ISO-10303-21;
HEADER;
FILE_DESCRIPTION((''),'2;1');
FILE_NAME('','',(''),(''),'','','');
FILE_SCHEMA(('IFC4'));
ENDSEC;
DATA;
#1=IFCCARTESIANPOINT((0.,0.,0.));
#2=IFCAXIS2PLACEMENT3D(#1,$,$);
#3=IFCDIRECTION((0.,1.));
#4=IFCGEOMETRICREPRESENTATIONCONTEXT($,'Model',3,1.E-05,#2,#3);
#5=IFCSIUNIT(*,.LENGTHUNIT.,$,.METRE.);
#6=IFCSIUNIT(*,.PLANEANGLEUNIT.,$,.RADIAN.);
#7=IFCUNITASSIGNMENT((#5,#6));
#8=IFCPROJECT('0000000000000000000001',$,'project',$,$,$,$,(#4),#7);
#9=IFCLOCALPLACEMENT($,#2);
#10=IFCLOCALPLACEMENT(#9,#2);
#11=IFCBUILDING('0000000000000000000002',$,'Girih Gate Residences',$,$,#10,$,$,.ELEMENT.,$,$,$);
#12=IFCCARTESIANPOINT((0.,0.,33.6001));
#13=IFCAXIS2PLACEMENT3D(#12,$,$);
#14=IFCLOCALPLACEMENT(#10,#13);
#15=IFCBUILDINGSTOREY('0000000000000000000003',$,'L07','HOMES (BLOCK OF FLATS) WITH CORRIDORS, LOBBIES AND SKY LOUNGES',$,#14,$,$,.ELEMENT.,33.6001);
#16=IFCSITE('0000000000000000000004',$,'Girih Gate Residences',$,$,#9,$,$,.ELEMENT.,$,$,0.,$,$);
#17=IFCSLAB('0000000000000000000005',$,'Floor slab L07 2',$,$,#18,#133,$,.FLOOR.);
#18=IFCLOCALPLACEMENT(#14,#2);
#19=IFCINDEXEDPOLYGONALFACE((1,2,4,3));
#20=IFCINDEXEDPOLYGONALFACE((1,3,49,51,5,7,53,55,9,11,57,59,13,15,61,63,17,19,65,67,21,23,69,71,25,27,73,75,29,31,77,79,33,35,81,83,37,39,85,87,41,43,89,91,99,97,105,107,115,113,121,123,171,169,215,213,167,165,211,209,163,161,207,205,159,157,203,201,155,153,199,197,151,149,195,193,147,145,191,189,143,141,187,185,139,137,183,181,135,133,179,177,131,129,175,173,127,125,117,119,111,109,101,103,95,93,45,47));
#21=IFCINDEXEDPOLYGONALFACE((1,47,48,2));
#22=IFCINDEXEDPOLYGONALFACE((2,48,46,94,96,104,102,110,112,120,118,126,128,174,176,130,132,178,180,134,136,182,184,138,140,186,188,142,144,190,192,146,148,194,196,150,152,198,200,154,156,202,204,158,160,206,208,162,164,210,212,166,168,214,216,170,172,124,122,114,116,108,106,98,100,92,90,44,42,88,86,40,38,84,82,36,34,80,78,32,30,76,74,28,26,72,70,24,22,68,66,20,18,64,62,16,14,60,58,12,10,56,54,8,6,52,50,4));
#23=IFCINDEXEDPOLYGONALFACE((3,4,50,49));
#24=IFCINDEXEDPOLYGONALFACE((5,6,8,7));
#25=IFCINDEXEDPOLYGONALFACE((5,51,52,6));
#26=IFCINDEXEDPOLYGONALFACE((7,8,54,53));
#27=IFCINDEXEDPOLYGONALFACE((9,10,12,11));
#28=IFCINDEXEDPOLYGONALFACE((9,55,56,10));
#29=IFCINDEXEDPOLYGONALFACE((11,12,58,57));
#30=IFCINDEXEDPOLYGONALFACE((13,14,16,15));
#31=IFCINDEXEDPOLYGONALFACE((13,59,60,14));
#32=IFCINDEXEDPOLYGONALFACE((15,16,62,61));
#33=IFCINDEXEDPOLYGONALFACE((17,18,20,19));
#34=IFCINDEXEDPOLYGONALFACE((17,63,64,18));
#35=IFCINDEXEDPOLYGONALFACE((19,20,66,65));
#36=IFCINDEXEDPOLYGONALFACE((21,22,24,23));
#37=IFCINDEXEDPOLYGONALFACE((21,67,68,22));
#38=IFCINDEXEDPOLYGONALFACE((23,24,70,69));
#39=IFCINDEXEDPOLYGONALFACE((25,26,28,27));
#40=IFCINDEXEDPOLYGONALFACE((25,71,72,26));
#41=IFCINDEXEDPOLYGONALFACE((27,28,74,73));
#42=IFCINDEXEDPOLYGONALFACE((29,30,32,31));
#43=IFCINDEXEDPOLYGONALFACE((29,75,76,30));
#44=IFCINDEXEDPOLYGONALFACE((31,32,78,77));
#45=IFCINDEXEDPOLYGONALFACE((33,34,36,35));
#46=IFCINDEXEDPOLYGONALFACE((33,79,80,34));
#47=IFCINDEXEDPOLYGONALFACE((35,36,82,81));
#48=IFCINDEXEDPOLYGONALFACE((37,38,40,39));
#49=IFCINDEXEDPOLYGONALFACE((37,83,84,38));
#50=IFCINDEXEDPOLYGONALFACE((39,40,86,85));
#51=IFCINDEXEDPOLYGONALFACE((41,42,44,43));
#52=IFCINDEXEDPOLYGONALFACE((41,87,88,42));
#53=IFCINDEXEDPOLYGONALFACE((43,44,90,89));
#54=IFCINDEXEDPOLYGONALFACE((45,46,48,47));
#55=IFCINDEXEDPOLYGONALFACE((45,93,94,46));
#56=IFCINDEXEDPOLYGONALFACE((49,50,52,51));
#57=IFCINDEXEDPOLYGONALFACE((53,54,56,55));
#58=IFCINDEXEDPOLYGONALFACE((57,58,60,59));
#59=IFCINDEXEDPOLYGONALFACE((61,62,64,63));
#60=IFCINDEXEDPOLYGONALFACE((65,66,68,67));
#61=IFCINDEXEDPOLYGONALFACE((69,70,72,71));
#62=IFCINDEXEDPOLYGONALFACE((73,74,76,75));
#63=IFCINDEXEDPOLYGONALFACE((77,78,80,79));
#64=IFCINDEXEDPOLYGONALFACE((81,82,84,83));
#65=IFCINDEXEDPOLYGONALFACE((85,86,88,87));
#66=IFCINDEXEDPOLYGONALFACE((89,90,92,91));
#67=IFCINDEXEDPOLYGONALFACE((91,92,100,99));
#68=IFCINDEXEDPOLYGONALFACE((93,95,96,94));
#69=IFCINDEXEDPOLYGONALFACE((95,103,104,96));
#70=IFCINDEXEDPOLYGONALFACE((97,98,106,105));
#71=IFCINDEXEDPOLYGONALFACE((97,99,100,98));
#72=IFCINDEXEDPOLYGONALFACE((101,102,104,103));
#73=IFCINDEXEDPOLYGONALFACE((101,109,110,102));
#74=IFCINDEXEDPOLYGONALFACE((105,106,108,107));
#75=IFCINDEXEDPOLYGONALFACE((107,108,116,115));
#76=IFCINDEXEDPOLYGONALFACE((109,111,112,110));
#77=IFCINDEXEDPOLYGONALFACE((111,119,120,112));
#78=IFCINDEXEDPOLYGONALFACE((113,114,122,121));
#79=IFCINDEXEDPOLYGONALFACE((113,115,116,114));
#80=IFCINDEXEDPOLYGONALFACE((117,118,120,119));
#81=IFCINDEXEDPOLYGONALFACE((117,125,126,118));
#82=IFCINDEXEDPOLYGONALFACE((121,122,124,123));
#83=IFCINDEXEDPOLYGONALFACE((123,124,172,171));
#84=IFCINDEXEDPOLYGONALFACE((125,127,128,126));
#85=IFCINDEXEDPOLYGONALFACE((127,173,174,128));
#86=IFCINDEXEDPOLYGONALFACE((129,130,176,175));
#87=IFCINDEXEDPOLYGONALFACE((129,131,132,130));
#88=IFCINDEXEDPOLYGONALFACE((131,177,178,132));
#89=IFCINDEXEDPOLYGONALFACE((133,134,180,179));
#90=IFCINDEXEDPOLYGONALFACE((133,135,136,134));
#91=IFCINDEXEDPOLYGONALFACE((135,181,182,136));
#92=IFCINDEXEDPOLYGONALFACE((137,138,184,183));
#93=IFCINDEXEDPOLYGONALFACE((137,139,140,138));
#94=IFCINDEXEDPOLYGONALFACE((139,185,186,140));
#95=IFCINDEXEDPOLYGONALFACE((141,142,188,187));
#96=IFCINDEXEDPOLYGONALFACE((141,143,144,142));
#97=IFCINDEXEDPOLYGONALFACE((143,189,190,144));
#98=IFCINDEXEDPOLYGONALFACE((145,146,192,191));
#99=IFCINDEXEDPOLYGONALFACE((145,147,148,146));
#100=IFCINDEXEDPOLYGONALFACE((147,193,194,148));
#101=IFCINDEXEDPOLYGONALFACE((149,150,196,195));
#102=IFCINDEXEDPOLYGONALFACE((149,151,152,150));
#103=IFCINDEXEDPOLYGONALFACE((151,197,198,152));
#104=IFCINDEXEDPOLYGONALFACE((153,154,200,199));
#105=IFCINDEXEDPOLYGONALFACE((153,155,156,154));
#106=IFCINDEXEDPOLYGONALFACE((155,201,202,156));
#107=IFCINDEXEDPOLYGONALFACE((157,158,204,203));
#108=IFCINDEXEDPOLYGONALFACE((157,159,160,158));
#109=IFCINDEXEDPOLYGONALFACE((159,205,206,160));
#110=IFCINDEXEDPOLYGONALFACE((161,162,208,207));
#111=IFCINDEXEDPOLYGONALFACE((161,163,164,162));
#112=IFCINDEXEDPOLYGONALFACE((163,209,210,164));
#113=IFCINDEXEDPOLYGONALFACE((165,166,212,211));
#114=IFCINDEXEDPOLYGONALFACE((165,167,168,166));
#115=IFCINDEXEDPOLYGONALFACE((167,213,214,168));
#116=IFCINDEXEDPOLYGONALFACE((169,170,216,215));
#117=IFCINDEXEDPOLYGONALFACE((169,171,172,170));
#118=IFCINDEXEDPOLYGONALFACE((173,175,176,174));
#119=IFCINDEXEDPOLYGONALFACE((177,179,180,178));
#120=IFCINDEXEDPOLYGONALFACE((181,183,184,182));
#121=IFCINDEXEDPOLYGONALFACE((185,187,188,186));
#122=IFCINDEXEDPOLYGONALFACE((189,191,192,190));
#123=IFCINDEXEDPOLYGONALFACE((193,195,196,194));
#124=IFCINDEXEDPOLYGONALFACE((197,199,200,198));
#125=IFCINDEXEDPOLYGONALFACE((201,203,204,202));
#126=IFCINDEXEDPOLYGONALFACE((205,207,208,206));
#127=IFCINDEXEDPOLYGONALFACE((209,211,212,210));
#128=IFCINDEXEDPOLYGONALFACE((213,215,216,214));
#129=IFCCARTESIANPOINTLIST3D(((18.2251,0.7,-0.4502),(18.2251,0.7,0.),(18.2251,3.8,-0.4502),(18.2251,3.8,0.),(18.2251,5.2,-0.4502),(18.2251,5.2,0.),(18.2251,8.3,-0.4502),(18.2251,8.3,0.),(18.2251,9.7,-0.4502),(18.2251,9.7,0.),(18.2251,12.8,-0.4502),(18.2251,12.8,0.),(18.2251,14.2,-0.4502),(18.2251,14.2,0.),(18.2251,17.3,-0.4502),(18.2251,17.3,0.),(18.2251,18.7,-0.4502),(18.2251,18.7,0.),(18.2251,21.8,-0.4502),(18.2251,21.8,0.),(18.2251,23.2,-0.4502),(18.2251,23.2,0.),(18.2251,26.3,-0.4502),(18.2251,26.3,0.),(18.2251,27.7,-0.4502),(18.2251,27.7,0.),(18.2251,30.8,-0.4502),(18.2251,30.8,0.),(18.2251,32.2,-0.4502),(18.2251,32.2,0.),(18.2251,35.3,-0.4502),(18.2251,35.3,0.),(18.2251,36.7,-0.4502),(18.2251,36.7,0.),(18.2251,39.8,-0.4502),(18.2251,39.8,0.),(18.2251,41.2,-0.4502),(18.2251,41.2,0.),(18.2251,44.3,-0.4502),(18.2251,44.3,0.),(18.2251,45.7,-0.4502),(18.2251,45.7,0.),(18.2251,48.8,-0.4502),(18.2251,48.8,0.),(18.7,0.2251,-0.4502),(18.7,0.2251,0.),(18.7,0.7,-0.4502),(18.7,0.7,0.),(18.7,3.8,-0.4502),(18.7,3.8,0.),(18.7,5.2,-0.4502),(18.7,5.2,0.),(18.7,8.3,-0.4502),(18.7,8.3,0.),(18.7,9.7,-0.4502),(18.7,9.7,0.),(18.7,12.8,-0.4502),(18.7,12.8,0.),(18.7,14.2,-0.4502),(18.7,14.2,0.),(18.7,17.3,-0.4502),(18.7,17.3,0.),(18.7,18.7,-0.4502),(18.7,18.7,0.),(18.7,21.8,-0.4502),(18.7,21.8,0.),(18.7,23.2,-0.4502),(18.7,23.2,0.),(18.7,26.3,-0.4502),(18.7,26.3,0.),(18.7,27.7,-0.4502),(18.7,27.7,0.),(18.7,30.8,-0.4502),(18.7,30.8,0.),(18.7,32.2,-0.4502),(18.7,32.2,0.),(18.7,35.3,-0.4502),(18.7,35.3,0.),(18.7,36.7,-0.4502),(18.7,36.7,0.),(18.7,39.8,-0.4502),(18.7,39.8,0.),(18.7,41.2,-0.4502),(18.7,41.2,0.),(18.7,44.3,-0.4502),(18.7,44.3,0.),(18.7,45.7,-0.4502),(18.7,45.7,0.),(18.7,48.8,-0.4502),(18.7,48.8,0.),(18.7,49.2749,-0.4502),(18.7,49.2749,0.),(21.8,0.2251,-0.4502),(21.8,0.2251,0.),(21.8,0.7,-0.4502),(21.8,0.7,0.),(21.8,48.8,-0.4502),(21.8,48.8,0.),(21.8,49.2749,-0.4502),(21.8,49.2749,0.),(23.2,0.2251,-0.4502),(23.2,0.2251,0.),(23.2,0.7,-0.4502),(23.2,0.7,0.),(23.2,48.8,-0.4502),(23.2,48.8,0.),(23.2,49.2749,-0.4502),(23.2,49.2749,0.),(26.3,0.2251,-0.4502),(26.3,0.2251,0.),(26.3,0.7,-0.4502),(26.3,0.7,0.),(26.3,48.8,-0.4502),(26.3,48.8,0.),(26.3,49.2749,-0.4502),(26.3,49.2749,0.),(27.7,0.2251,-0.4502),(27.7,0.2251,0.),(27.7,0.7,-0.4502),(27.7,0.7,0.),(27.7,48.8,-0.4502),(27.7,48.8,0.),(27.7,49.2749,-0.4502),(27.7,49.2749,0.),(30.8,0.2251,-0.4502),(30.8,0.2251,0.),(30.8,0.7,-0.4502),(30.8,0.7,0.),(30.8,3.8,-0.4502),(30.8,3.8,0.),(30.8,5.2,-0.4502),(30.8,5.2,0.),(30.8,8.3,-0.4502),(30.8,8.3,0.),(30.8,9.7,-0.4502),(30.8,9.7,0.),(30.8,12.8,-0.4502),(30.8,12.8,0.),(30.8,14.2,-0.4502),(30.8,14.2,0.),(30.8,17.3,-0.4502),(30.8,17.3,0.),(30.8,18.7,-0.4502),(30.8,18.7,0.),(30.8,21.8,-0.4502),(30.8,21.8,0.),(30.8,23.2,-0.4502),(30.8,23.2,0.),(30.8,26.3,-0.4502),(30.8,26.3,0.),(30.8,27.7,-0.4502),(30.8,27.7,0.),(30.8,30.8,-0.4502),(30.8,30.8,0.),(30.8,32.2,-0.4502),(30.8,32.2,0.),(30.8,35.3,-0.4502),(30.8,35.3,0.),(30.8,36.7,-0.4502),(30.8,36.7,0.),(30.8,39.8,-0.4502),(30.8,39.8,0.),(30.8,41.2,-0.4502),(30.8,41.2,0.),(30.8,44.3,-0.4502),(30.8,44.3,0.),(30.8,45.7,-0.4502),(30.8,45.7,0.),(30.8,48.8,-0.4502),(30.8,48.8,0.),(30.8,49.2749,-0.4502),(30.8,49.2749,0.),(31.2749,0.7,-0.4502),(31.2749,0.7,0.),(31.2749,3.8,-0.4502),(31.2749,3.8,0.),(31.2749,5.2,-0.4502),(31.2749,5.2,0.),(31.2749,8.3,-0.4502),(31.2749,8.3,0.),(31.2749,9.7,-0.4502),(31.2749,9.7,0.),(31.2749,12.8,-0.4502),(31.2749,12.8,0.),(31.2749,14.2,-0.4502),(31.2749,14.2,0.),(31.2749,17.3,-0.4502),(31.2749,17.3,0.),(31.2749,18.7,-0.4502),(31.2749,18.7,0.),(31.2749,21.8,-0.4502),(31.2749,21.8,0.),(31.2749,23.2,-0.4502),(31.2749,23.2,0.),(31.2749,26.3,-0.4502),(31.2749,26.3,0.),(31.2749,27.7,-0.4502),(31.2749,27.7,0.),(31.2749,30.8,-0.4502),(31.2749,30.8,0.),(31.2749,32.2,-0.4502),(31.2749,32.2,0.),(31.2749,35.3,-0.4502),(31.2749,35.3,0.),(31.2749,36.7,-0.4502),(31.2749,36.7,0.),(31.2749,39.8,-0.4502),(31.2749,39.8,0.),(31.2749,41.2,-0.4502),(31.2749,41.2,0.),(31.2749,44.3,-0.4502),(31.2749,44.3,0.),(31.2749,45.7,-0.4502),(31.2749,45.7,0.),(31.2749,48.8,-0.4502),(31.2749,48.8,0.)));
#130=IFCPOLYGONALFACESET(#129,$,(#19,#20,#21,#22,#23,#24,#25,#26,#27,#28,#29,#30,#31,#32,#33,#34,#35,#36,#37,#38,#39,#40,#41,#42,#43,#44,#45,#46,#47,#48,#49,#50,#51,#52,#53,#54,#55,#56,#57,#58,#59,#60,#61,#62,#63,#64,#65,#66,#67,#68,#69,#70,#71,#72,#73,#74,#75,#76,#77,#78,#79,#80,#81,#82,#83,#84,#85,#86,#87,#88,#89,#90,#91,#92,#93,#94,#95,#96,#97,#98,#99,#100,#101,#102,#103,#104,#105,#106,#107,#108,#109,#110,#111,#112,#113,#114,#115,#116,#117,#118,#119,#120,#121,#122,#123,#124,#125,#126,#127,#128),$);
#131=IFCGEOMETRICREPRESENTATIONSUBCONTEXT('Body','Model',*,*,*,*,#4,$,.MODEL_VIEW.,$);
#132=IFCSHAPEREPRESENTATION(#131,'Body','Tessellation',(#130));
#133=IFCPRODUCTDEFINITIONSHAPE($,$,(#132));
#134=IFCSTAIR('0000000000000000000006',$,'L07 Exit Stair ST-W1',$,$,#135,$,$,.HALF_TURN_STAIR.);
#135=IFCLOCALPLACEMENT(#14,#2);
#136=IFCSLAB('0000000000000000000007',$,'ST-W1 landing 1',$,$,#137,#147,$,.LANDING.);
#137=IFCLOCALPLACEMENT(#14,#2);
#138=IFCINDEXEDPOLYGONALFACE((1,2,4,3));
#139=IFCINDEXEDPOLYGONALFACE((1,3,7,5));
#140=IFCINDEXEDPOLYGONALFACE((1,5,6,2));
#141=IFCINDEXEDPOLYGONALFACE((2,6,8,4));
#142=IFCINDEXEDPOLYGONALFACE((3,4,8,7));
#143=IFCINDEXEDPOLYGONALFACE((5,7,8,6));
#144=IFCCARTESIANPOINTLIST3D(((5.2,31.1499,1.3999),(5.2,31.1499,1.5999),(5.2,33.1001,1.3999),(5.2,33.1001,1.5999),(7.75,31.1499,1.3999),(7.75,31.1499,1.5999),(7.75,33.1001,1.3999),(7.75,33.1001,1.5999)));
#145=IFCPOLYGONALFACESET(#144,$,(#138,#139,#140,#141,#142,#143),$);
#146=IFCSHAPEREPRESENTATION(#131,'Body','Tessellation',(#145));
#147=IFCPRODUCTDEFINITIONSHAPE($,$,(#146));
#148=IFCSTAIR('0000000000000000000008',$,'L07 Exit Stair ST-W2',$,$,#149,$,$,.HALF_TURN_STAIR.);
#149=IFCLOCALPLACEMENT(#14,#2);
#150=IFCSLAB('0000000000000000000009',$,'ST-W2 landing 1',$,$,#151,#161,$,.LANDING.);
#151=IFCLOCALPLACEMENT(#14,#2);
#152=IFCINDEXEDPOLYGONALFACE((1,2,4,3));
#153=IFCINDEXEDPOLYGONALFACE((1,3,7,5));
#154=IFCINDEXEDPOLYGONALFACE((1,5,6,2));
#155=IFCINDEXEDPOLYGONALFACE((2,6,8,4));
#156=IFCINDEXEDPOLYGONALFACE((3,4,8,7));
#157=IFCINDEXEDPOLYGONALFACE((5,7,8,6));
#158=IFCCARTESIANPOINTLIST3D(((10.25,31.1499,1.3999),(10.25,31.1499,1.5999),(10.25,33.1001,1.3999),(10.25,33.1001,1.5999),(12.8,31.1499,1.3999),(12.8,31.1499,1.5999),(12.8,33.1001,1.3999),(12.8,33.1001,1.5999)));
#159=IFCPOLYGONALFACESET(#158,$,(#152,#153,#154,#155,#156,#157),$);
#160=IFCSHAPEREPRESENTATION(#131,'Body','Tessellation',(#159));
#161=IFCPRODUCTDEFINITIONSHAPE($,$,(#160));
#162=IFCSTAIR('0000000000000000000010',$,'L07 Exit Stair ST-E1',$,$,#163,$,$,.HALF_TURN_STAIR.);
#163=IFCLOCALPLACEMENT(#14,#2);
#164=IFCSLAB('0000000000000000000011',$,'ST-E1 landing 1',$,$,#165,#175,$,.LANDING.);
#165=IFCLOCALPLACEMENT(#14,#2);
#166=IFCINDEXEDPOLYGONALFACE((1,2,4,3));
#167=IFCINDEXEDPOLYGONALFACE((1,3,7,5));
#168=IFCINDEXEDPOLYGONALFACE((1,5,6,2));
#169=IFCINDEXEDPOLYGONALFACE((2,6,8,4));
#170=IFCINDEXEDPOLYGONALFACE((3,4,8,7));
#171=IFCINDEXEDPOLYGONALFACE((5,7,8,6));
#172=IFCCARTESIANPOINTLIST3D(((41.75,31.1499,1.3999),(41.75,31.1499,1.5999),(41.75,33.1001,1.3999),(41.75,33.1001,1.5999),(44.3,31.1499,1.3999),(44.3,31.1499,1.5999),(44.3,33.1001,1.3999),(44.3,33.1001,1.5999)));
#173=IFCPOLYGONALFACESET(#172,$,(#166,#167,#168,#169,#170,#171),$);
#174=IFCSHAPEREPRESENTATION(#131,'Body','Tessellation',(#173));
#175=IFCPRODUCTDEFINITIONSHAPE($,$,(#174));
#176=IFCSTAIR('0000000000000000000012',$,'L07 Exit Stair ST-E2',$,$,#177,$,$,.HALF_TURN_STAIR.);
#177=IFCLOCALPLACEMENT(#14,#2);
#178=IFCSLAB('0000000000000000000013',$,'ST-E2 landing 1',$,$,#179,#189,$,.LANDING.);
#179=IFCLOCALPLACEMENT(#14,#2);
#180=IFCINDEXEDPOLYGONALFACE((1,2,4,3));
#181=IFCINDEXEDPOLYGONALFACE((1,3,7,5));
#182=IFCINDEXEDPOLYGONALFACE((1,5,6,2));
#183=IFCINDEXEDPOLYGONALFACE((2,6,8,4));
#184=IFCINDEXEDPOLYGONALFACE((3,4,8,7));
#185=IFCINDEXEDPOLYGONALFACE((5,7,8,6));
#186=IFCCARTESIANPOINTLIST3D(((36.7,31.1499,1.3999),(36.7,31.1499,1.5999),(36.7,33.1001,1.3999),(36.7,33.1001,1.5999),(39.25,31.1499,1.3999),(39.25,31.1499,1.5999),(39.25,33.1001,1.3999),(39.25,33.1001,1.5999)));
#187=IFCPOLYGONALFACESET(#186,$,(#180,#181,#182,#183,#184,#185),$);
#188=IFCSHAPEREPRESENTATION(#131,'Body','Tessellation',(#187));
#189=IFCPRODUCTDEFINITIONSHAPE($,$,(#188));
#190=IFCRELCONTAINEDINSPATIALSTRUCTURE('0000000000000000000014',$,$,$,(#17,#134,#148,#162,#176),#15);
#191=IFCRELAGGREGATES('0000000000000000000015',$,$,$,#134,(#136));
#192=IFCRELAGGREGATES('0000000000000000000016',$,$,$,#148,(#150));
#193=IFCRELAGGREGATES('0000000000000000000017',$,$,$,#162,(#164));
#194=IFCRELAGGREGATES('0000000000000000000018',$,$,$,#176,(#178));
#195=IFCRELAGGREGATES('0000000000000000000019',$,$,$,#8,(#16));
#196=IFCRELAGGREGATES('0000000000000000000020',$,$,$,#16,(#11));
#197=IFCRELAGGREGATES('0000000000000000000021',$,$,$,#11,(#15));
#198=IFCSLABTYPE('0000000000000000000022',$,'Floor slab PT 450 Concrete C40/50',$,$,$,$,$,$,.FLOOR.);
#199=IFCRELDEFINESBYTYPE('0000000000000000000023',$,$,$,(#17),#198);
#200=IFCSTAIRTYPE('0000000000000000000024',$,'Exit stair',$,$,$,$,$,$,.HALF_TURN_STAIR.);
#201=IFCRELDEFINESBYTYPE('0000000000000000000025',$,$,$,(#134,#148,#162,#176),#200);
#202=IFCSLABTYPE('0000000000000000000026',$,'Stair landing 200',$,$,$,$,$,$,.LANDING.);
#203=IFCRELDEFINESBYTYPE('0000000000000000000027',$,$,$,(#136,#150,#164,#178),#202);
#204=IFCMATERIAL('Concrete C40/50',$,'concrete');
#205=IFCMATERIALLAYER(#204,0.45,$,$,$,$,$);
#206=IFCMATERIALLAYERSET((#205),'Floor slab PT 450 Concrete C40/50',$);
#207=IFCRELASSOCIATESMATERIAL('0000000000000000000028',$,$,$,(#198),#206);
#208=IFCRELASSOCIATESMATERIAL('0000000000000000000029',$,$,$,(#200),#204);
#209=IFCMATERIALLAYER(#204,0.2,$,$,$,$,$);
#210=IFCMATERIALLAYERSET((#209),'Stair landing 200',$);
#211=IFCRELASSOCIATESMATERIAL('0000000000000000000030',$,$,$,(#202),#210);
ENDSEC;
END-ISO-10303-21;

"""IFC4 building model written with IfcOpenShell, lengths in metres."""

from ifc_helpers import new_model, si_unit, direction, frame, origin, place, context, subcontext, project, spatial, polyline, outline, extrude, material, layer, layer_set, type_object, element, aggregate, save


model = new_model("IFC4")

# Units and contexts
model_context = context("Model", 3, precision=1e-05, world=origin(), true_north=direction((0.0, 1.0)))
body_context = subcontext(model_context, "Body", "Model", "MODEL_VIEW")
ifc_project = project(units=[si_unit("LENGTHUNIT", "METRE"), si_unit("PLANEANGLEUNIT", "RADIAN")], contexts=[model_context])

# Site, building, storey
site_placement = place(None, origin())
site = spatial("IfcSite", under=ifc_project, at=site_placement, Name="Girih Gate Residences", CompositionType="ELEMENT", RefElevation=0.0)
building_placement = place(site_placement, origin())
building = spatial("IfcBuilding", under=site, at=building_placement, Name="Girih Gate Residences", CompositionType="ELEMENT")
storey_placement = place(building_placement, frame((0.0, 0.0, 33.6001)))
storey = spatial("IfcBuildingStorey", under=building, at=storey_placement, Name="L07", Description="HOMES (BLOCK OF FLATS) WITH CORRIDORS, LOBBIES AND SKY LOUNGES", CompositionType="ELEMENT", Elevation=33.6001)

# Slab
ifc_material_1 = material(Name="Concrete C40/50", Category="concrete")
ifc_layer_1 = layer(ifc_material_1, 0.45)
ifc_layer_set_1 = layer_set([ifc_layer_1], Name="Floor slab PT 450 Concrete C40/50")
slab_type_1 = type_object("IfcSlabType", Name="Floor slab PT 450 Concrete C40/50", PredefinedType="FLOOR", material=ifc_layer_set_1)
slab_1_placement = place(storey_placement, frame((0.0, 0.0, -0.4502)))
element("IfcSlab", 1, at=slab_1_placement, inside=storey, type_object=slab_type_1, Name="Floor slab L07 2", PredefinedType="FLOOR", context=body_context, shape_type="SweptSolid", body=[
    extrude(outline(polyline([(21.8, 49.2749), (18.7, 49.2749), (18.7, 48.8), (18.2251, 48.8), (18.2251, 45.7), (18.7, 45.7), (18.7, 44.3), (18.2251, 44.3), (18.2251, 41.2), (18.7, 41.2), (18.7, 39.8), (18.2251, 39.8), (18.2251, 36.7), (18.7, 36.7), (18.7, 35.3), (18.2251, 35.3), (18.2251, 32.2), (18.7, 32.2), (18.7, 30.8), (18.2251, 30.8), (18.2251, 27.7), (18.7, 27.7), (18.7, 26.3), (18.2251, 26.3), (18.2251, 23.2), (18.7, 23.2), (18.7, 21.8), (18.2251, 21.8), (18.2251, 18.7), (18.7, 18.7), (18.7, 17.3), (18.2251, 17.3), (18.2251, 14.2), (18.7, 14.2), (18.7, 12.8), (18.2251, 12.8), (18.2251, 9.7), (18.7, 9.7), (18.7, 8.3), (18.2251, 8.3), (18.2251, 5.2), (18.7, 5.2), (18.7, 3.8), (18.2251, 3.8), (18.2251, 0.7), (18.7, 0.7), (18.7, 0.2251), (21.8, 0.2251), (21.8, 0.7), (23.2, 0.7), (23.2, 0.2251), (26.3, 0.2251), (26.3, 0.7), (27.7, 0.7), (27.7, 0.2251), (30.8, 0.2251), (30.8, 0.7), (31.2749, 0.7), (31.2749, 3.8), (30.8, 3.8), (30.8, 5.2), (31.2749, 5.2), (31.2749, 8.3), (30.8, 8.3), (30.8, 9.7), (31.2749, 9.7), (31.2749, 12.8), (30.8, 12.8), (30.8, 14.2), (31.2749, 14.2), (31.2749, 17.3), (30.8, 17.3), (30.8, 18.7), (31.2749, 18.7), (31.2749, 21.8), (30.8, 21.8), (30.8, 23.2), (31.2749, 23.2), (31.2749, 26.3), (30.8, 26.3), (30.8, 27.7), (31.2749, 27.7), (31.2749, 30.8), (30.8, 30.8), (30.8, 32.2), (31.2749, 32.2), (31.2749, 35.3), (30.8, 35.3), (30.8, 36.7), (31.2749, 36.7), (31.2749, 39.8), (30.8, 39.8), (30.8, 41.2), (31.2749, 41.2), (31.2749, 44.3), (30.8, 44.3), (30.8, 45.7), (31.2749, 45.7), (31.2749, 48.8), (30.8, 48.8), (30.8, 49.2749), (27.7, 49.2749), (27.7, 48.8), (26.3, 48.8), (26.3, 49.2749), (23.2, 49.2749), (23.2, 48.8), (21.8, 48.8), (21.8, 49.2749)])), origin(), (0.0, 0.0, 1.0), 0.4502),
])

# Stairs, slabs
stair_type = type_object("IfcStairType", Name="Exit stair", PredefinedType="HALF_TURN_STAIR", material=ifc_material_1)
stair_1_placement = place(storey_placement, origin())
stair_1 = element("IfcStair", 2, at=stair_1_placement, inside=storey, type_object=stair_type, Name="L07 Exit Stair ST-W1", PredefinedType="HALF_TURN_STAIR")
ifc_layer_2 = layer(ifc_material_1, 0.2)
ifc_layer_set_2 = layer_set([ifc_layer_2], Name="Stair landing 200")
slab_type_2 = type_object("IfcSlabType", Name="Stair landing 200", PredefinedType="LANDING", material=ifc_layer_set_2)
slab_2_placement = place(storey_placement, frame((0.0, 0.0, 1.3999)))
slab_2 = element("IfcSlab", 3, at=slab_2_placement, type_object=slab_type_2, Name="ST-W1 landing 1", PredefinedType="LANDING", context=body_context, shape_type="SweptSolid", body=[
    extrude(outline(polyline([(7.75, 31.1499), (7.75, 33.1001), (5.2, 33.1001), (5.2, 31.1499), (7.75, 31.1499)])), origin(), (0.0, 0.0, 1.0), 0.2),
])
aggregate(stair_1, [slab_2])
stair_2_placement = place(storey_placement, origin())
stair_2 = element("IfcStair", 4, at=stair_2_placement, inside=storey, type_object=stair_type, Name="L07 Exit Stair ST-W2", PredefinedType="HALF_TURN_STAIR")
slab_3_placement = place(storey_placement, frame((0.0, 0.0, 1.3999)))
slab_3 = element("IfcSlab", 5, at=slab_3_placement, type_object=slab_type_2, Name="ST-W2 landing 1", PredefinedType="LANDING", context=body_context, shape_type="SweptSolid", body=[
    extrude(outline(polyline([(12.8, 31.1499), (12.8, 33.1001), (10.25, 33.1001), (10.25, 31.1499), (12.8, 31.1499)])), origin(), (0.0, 0.0, 1.0), 0.2),
])
aggregate(stair_2, [slab_3])
stair_3_placement = place(storey_placement, origin())
stair_3 = element("IfcStair", 6, at=stair_3_placement, inside=storey, type_object=stair_type, Name="L07 Exit Stair ST-E1", PredefinedType="HALF_TURN_STAIR")
slab_4_placement = place(storey_placement, frame((0.0, 0.0, 1.3999)))
slab_4 = element("IfcSlab", 7, at=slab_4_placement, type_object=slab_type_2, Name="ST-E1 landing 1", PredefinedType="LANDING", context=body_context, shape_type="SweptSolid", body=[
    extrude(outline(polyline([(44.3, 31.1499), (44.3, 33.1001), (41.75, 33.1001), (41.75, 31.1499), (44.3, 31.1499)])), origin(), (0.0, 0.0, 1.0), 0.2),
])
aggregate(stair_3, [slab_4])
stair_4_placement = place(storey_placement, origin())
stair_4 = element("IfcStair", 8, at=stair_4_placement, inside=storey, type_object=stair_type, Name="L07 Exit Stair ST-E2", PredefinedType="HALF_TURN_STAIR")
slab_5_placement = place(storey_placement, frame((0.0, 0.0, 1.3999)))
slab_5 = element("IfcSlab", 9, at=slab_5_placement, type_object=slab_type_2, Name="ST-E2 landing 1", PredefinedType="LANDING", context=body_context, shape_type="SweptSolid", body=[
    extrude(outline(polyline([(39.25, 31.1499), (39.25, 33.1001), (36.7, 33.1001), (36.7, 31.1499), (39.25, 31.1499)])), origin(), (0.0, 0.0, 1.0), 0.2),
])
aggregate(stair_4, [slab_5])

save(model, "model.ifc")
